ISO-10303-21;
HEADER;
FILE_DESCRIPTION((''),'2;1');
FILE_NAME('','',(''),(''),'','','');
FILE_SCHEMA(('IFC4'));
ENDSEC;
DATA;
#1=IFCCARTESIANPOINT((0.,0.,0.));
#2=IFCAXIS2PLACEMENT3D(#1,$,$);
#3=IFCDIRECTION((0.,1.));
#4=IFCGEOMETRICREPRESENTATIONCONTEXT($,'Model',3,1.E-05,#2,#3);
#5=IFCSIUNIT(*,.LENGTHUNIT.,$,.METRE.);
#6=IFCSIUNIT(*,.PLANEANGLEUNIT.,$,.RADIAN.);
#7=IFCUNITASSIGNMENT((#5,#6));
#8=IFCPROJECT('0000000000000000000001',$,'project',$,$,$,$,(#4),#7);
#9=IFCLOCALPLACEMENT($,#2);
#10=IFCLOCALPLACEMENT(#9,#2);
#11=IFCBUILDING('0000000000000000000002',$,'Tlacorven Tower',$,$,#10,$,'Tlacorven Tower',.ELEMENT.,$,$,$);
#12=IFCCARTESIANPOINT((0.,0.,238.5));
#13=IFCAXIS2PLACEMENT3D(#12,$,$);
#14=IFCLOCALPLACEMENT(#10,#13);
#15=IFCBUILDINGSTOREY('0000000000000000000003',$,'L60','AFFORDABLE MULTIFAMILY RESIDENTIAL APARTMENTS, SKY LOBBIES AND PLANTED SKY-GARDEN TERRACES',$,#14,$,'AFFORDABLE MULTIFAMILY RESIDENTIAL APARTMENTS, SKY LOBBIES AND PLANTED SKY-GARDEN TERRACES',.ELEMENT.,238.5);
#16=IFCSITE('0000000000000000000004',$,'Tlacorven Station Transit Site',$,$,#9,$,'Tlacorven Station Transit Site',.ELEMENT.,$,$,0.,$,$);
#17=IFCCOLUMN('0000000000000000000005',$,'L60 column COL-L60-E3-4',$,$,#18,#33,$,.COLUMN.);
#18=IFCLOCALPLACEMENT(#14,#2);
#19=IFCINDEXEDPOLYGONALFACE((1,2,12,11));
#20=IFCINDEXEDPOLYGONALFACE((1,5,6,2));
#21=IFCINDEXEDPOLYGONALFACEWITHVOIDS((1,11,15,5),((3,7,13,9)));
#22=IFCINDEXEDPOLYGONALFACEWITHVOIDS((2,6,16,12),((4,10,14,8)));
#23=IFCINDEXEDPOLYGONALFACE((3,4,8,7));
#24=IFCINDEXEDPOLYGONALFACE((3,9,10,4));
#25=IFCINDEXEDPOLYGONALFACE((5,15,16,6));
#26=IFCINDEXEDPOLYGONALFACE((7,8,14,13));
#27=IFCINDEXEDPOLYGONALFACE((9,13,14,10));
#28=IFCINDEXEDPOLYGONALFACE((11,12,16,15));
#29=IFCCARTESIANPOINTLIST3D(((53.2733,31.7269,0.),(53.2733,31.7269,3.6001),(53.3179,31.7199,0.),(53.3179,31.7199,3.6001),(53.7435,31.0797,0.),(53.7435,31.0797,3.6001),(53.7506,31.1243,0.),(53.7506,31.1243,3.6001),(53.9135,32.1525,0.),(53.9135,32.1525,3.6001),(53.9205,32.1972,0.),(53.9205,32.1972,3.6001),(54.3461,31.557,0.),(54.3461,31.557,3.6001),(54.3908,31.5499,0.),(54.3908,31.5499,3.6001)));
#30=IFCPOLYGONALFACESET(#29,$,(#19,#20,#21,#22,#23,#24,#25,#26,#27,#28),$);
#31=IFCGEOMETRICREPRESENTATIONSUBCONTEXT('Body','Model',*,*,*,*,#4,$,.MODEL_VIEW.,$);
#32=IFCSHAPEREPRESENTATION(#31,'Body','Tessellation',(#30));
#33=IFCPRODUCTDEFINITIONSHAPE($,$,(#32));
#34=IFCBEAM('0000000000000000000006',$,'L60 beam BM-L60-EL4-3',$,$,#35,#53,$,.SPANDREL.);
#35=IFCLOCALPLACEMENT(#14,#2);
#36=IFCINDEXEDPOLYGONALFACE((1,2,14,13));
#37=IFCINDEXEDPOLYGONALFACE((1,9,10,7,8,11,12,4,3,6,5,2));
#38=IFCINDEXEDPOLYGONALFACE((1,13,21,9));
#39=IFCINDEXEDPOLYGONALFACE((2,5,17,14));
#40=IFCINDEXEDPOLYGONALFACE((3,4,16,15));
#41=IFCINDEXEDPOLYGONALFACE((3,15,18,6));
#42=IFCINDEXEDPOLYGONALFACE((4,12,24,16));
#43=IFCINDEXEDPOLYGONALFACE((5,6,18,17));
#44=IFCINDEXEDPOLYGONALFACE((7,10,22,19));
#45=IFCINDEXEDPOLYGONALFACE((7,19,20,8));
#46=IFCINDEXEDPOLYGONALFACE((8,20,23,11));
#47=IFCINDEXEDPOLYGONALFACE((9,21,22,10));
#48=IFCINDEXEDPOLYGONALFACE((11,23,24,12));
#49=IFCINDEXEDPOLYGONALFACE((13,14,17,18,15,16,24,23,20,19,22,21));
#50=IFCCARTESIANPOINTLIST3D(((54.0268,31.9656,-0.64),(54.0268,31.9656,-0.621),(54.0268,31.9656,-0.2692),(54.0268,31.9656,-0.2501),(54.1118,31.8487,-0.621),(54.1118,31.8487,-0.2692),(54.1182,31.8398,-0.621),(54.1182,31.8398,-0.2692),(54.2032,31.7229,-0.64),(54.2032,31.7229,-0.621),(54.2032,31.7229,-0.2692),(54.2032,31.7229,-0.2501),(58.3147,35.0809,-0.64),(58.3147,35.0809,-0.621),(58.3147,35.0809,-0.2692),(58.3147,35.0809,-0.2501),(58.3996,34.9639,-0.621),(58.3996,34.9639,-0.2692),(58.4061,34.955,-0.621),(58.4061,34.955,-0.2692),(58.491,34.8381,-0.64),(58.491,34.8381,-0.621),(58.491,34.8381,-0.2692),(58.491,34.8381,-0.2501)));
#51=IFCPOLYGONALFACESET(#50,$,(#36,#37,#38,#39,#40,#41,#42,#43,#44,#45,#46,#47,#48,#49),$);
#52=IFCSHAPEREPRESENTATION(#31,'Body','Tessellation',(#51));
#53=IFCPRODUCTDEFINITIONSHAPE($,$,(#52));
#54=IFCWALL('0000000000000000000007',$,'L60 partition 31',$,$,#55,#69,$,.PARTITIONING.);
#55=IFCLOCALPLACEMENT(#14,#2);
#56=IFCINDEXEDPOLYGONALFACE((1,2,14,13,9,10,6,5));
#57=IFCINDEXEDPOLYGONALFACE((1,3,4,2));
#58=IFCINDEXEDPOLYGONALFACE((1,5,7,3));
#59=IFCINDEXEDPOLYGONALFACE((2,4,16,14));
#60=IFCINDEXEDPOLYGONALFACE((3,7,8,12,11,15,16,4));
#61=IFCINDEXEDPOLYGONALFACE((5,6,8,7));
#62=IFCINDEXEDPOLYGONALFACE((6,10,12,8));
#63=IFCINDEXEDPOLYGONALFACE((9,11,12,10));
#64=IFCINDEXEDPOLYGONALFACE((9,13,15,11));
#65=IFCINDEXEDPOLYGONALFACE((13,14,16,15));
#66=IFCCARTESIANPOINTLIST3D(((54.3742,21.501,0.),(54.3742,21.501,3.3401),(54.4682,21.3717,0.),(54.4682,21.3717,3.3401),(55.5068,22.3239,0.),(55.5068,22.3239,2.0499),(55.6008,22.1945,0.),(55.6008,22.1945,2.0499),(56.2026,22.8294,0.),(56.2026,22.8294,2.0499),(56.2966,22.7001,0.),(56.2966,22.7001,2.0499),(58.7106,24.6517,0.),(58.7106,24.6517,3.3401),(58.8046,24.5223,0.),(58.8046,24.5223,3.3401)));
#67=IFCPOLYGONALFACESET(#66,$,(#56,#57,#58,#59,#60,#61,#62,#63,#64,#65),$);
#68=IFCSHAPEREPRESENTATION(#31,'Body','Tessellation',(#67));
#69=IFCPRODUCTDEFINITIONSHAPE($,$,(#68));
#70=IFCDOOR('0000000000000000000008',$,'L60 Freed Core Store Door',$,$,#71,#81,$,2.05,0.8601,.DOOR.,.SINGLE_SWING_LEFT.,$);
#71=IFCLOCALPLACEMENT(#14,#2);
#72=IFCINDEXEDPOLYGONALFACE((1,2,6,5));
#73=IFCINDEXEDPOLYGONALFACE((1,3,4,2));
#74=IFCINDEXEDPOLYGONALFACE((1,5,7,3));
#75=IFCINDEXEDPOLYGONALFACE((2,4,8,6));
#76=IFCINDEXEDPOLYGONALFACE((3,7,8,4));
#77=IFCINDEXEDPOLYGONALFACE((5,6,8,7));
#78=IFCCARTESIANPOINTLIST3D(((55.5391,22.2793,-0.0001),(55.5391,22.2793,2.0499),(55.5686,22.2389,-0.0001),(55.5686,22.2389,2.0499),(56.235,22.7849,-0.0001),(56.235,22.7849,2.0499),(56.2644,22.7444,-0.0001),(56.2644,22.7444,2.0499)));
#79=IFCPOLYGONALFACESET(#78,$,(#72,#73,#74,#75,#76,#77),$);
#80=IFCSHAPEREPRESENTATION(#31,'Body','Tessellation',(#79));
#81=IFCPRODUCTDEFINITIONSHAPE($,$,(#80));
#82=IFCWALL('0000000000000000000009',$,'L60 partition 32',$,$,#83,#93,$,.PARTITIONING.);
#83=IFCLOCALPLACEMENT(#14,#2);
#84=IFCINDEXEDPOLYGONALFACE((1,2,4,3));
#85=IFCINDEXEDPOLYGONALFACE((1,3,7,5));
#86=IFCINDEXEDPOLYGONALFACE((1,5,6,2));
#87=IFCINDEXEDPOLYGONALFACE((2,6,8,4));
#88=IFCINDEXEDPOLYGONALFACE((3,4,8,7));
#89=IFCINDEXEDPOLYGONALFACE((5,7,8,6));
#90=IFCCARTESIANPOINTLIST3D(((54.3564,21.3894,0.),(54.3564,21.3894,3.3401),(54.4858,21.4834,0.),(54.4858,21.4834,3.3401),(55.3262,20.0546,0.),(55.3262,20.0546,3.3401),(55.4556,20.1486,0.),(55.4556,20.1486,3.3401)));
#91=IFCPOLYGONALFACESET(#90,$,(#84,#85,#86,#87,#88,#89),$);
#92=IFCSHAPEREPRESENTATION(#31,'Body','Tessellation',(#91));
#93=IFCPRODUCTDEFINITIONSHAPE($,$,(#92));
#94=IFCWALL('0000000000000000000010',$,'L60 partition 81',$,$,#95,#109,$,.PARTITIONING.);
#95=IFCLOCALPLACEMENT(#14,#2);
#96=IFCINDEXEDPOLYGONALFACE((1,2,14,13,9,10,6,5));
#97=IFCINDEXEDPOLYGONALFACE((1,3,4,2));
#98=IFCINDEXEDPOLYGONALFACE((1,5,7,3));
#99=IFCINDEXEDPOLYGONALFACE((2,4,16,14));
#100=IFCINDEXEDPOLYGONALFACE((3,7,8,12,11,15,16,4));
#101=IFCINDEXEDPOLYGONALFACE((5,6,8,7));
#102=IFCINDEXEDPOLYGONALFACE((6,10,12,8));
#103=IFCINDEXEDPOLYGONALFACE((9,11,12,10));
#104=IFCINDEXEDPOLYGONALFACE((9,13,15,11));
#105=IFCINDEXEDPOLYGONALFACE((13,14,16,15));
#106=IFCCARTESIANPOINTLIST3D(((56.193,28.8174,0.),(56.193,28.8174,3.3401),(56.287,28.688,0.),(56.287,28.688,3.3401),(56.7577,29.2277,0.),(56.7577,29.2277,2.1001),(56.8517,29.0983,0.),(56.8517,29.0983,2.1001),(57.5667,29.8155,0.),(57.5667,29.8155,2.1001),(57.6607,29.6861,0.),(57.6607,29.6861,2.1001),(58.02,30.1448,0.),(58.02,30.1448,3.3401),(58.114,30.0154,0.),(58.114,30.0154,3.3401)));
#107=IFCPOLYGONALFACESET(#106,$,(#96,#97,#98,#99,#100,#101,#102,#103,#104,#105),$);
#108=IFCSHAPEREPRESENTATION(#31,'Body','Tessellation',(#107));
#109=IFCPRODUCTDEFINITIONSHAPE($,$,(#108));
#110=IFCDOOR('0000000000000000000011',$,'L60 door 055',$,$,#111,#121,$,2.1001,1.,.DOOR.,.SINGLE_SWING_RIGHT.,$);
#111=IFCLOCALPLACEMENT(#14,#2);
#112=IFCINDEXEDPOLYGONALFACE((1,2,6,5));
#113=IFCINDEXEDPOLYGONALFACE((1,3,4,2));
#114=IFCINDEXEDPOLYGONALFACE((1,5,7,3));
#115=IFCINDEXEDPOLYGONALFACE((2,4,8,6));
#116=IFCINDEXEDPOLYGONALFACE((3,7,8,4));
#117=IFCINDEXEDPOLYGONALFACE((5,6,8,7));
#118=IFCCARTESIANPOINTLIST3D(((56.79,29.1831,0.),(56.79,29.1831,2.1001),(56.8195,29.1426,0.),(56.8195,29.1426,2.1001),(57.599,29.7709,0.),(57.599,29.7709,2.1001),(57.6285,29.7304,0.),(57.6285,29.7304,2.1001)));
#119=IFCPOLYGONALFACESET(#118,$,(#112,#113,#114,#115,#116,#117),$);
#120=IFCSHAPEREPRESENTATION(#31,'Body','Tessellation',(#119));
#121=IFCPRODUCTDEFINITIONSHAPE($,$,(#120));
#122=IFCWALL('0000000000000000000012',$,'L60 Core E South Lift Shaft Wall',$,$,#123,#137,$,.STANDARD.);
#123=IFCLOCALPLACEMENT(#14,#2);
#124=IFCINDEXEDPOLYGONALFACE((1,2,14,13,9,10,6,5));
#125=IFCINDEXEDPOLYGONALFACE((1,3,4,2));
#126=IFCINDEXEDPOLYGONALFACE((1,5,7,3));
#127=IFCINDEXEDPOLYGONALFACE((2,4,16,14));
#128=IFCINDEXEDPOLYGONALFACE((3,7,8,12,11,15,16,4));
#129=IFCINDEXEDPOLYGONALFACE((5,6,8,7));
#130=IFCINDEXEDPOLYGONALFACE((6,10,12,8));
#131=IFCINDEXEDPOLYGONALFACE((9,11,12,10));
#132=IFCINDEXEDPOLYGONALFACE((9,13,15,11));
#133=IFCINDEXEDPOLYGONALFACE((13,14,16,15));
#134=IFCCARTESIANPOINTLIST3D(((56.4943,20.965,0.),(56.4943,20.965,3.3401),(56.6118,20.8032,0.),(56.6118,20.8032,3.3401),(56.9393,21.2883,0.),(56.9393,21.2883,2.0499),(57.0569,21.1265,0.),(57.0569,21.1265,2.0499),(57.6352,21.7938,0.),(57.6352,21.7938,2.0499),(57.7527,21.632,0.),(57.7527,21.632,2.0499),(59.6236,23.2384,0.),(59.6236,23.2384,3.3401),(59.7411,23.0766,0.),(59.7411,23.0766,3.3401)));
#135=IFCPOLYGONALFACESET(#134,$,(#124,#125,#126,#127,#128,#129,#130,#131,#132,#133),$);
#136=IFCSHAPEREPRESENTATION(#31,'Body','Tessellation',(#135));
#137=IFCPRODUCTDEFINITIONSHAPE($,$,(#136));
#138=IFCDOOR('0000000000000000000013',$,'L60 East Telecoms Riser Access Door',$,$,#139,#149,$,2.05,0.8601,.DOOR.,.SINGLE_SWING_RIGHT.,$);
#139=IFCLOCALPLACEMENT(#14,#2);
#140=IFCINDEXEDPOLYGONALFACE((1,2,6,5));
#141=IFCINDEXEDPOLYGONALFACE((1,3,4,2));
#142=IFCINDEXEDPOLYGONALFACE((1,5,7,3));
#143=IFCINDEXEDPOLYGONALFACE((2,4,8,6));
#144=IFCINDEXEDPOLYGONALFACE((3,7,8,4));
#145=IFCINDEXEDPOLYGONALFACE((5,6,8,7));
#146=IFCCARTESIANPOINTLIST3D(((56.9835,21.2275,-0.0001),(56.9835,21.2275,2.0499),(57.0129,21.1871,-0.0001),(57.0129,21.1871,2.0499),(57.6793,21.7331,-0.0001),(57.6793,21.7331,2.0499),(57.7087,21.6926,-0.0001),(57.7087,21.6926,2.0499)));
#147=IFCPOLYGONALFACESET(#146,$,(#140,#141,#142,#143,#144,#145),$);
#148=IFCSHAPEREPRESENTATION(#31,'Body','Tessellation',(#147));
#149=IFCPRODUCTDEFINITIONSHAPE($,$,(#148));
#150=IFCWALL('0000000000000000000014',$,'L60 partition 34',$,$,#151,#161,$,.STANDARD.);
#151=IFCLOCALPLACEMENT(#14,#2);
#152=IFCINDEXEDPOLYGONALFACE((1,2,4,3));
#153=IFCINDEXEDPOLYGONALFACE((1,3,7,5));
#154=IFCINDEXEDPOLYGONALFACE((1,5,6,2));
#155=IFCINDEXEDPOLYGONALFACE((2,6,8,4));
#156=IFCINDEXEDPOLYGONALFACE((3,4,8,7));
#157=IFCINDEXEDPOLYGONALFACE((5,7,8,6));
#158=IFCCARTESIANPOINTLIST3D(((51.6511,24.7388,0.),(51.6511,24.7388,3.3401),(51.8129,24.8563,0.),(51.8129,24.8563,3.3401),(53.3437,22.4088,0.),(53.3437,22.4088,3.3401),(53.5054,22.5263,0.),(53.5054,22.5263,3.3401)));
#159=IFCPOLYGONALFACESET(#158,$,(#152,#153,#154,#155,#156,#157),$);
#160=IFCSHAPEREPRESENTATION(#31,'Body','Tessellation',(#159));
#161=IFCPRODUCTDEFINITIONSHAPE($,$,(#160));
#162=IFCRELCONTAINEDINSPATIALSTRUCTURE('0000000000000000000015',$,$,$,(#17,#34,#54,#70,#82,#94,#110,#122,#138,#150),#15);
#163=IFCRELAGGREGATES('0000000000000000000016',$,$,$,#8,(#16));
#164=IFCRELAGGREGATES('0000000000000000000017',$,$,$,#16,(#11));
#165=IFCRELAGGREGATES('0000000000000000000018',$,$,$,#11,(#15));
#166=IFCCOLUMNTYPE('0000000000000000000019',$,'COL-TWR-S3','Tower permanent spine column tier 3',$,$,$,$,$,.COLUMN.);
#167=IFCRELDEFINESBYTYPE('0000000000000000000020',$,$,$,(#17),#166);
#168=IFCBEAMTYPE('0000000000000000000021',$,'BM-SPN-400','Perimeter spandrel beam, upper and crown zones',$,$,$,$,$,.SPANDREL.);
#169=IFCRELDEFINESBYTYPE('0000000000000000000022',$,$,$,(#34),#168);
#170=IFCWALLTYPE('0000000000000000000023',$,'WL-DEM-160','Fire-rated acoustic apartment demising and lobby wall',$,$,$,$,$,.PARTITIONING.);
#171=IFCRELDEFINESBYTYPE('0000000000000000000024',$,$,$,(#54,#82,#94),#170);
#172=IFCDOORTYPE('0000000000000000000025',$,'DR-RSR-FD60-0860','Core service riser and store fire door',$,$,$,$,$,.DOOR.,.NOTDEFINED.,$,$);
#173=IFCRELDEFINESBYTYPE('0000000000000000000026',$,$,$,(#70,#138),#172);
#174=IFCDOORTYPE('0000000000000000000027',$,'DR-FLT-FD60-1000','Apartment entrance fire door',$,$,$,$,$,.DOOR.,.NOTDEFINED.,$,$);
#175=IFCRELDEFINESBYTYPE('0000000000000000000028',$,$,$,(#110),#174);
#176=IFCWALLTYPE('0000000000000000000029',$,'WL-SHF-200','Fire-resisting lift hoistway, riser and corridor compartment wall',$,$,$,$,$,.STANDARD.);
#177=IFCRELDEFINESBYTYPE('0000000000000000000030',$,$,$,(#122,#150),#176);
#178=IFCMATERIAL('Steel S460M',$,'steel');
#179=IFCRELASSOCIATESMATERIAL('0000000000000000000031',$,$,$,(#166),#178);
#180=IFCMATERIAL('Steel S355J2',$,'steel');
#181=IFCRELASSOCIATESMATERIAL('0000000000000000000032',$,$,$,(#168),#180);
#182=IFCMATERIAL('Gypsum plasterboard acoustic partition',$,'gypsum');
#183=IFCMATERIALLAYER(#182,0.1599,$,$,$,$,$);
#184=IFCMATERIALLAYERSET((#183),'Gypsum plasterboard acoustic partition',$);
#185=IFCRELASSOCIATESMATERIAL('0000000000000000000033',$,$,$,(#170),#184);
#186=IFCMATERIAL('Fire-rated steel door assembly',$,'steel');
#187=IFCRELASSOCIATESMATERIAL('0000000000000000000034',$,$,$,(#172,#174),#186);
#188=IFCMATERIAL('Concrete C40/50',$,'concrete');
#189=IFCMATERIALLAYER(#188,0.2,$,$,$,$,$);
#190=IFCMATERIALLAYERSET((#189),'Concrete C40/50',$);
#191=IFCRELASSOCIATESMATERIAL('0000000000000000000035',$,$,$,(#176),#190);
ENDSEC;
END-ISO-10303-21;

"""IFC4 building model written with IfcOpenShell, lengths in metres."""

from ifc_helpers import new_model, si_unit, direction, frame, frame_2d, origin, origin_2d, place, context, subcontext, project, spatial, rectangle, hollow_rectangle, i_section, extrude, source, transform, mapped, material, layer, layer_set, material_profile, profile_set, type_object, element, fill, save


model = new_model("IFC4")

# Units and contexts
model_context = context("Model", 3, precision=1e-05, world=origin(), true_north=direction((0.0, 1.0)))
body_context = subcontext(model_context, "Body", "Model", "MODEL_VIEW")
ifc_project = project(units=[si_unit("LENGTHUNIT", "METRE"), si_unit("PLANEANGLEUNIT", "RADIAN")], contexts=[model_context])

# Site, building, storey
site_placement = place(None, origin())
site = spatial("IfcSite", under=ifc_project, at=site_placement, Name="Tlacorven Station Transit Site", LongName="Tlacorven Station Transit Site", CompositionType="ELEMENT", RefElevation=0.0)
building_placement = place(site_placement, origin())
building = spatial("IfcBuilding", under=site, at=building_placement, Name="Tlacorven Tower", LongName="Tlacorven Tower", CompositionType="ELEMENT")
storey_placement = place(building_placement, frame((0.0, 0.0, 238.5)))
storey = spatial("IfcBuildingStorey", under=building, at=storey_placement, Name="L60", Description="AFFORDABLE MULTIFAMILY RESIDENTIAL APARTMENTS, SKY LOBBIES AND PLANTED SKY-GARDEN TERRACES", LongName="AFFORDABLE MULTIFAMILY RESIDENTIAL APARTMENTS, SKY LOBBIES AND PLANTED SKY-GARDEN TERRACES", CompositionType="ELEMENT", Elevation=238.5)

# Column
ifc_material_1 = material(Name="Steel S460M", Category="steel")
ifc_material_profile_1 = material_profile(ifc_material_1, hollow_rectangle(XDim=0.8, YDim=0.8, WallThickness=0.032, at=origin_2d()), Name="BOX 800X800X32")
ifc_profile_set_1 = profile_set([ifc_material_profile_1], Name="Steel S460M")
column_type = type_object("IfcColumnType", Name="COL-TWR-S3", Description="Tower permanent spine column tier 3", PredefinedType="COLUMN", material=ifc_profile_set_1)
shared_shape_1 = source(origin(), body_context, "Body", "SweptSolid", [
    extrude(hollow_rectangle(XDim=0.8, YDim=0.8, WallThickness=0.032, at=origin_2d()), origin(), (0.0, 0.0, 1.0), 3.6001),
])
column_placement = place(storey_placement, frame((53.832, 31.6384, 0.0), z_axis=(0.0, 0.0, 1.0), x_axis=(0.809017, 0.587785, 0.0)))
element("IfcColumn", 1, at=column_placement, inside=storey, type_object=column_type, Name="L60 column COL-L60-E3-4", PredefinedType="COLUMN", context=body_context, shape_type="MappedRepresentation", body=[
    mapped(shared_shape_1, transform((0.0, 0.0, 0.0), scale=1.0)),
])

# Beam
ifc_material_2 = material(Name="Steel S355J2", Category="steel")
ifc_material_profile_2 = material_profile(ifc_material_2, i_section(OverallWidth=0.3, OverallDepth=0.3899, WebThickness=0.011, FlangeThickness=0.019, at=origin_2d()), Name="HEA 400")
ifc_profile_set_2 = profile_set([ifc_material_profile_2], Name="Steel S355J2")
beam_type = type_object("IfcBeamType", Name="BM-SPN-400", Description="Perimeter spandrel beam, upper and crown zones", PredefinedType="SPANDREL", material=ifc_profile_set_2)
shared_shape_2 = source(origin(), body_context, "Body", "SweptSolid", [
    extrude(i_section(OverallWidth=0.3, OverallDepth=0.3899, WebThickness=0.011, FlangeThickness=0.019, at=origin_2d()), origin(), (0.0, 0.0, 1.0), 5.3),
])
beam_placement = place(storey_placement, frame((54.115, 31.8442, -0.4451), z_axis=(0.809023, 0.587777, 0.0), x_axis=(-0.587777, 0.809023, 0.0)))
element("IfcBeam", 2, at=beam_placement, inside=storey, type_object=beam_type, Name="L60 beam BM-L60-EL4-3", PredefinedType="SPANDREL", context=body_context, shape_type="MappedRepresentation", body=[
    mapped(shared_shape_2, transform((0.0, 0.0, 0.0), scale=1.0)),
])

# Wall, opening, door
ifc_material_3 = material(Name="Gypsum plasterboard acoustic partition", Category="gypsum")
ifc_layer_1 = layer(ifc_material_3, 0.1599)
ifc_layer_set_1 = layer_set([ifc_layer_1], Name="Gypsum plasterboard acoustic partition")
wall_type_1 = type_object("IfcWallType", Name="WL-DEM-160", Description="Fire-rated acoustic apartment demising and lobby wall", PredefinedType="PARTITIONING", material=ifc_layer_set_1)
wall_1_placement = place(storey_placement, frame((54.4211, 21.4363, 0.0), z_axis=(0.0, 0.0, 1.0), x_axis=(0.809014, 0.58779, 0.0)))
wall_1 = element("IfcWall", 3, at=wall_1_placement, inside=storey, type_object=wall_type_1, Name="L60 partition 31", PredefinedType="PARTITIONING", context=body_context, shape_type="SweptSolid", body=[
    extrude(rectangle(XDim=5.3601, YDim=0.1599, at=frame_2d((2.6802, 0.0))), origin(), (0.0, 0.0, 1.0), 3.3401),
])
opening_1_placement = place(wall_1_placement, frame((1.3999, 0.0, 0.0)))
opening_1 = element("IfcOpeningElement", 4, at=opening_1_placement, cuts=wall_1, PredefinedType="OPENING", context=body_context, shape_type="SweptSolid", body=[
    extrude(rectangle(XDim=0.8601, YDim=2.05, at=frame_2d((0.4302, 1.0249))), frame((0.0, 0.0898, 0.0), z_axis=(0.0, -1.0, 0.0), x_axis=(1.0, 0.0, 0.0)), (0.0, 0.0, 1.0), 0.1799),
])
ifc_material_4 = material(Name="Fire-rated steel door assembly", Category="steel")
door_type_1 = type_object("IfcDoorType", Name="DR-RSR-FD60-0860", Description="Core service riser and store fire door", OperationType="NOTDEFINED", PredefinedType="DOOR", material=ifc_material_4)
shared_shape_3 = source(origin(), body_context, "Body", "SweptSolid", [
    extrude(rectangle(XDim=0.8601, YDim=2.05, at=frame_2d((0.4302, 1.0249))), frame((0.0, 0.0249, 0.0), z_axis=(0.0, -1.0, 0.0), x_axis=(1.0, 0.0, 0.0)), (0.0, 0.0, 1.0), 0.05),
])
door_1_placement = place(opening_1_placement, origin())
door_1 = element("IfcDoor", 5, at=door_1_placement, inside=storey, type_object=door_type_1, Name="L60 Freed Core Store Door", OperationType="SINGLE_SWING_LEFT", OverallHeight=2.05, OverallWidth=0.8601, PredefinedType="DOOR", context=body_context, shape_type="MappedRepresentation", body=[
    mapped(shared_shape_3, transform((0.0, 0.0, 0.0), scale=1.0)),
])
fill(opening_1, door_1)

# Wall
wall_2_placement = place(storey_placement, frame((55.3909, 20.1016, 0.0), z_axis=(0.0, 0.0, 1.0), x_axis=(-0.587784, 0.809018, 0.0)))
element("IfcWall", 6, at=wall_2_placement, inside=storey, type_object=wall_type_1, Name="L60 partition 32", PredefinedType="PARTITIONING", context=body_context, shape_type="SweptSolid", body=[
    extrude(rectangle(XDim=1.6499, YDim=0.1599, at=frame_2d((0.825, 0.0))), origin(), (0.0, 0.0, 1.0), 3.3401),
])

# Walls, openings, doors
wall_3_placement = place(storey_placement, frame((56.24, 28.7527, 0.0), z_axis=(0.0, 0.0, 1.0), x_axis=(0.809002, 0.587805, 0.0)))
wall_3 = element("IfcWall", 7, at=wall_3_placement, inside=storey, type_object=wall_type_1, Name="L60 partition 81", PredefinedType="PARTITIONING", context=body_context, shape_type="SweptSolid", body=[
    extrude(rectangle(XDim=2.2583, YDim=0.1599, at=frame_2d((1.1292, 0.0))), origin(), (0.0, 0.0, 1.0), 3.3401),
])
opening_2_placement = place(wall_3_placement, frame((0.698, 0.0, 0.0)))
opening_2 = element("IfcOpeningElement", 8, at=opening_2_placement, cuts=wall_3, PredefinedType="OPENING", context=body_context, shape_type="SweptSolid", body=[
    extrude(rectangle(XDim=1.0, YDim=2.1001, at=frame_2d((0.5, 1.05))), frame((0.0, 0.0898, 0.0), z_axis=(0.0, -1.0, 0.0), x_axis=(1.0, 0.0, 0.0)), (0.0, 0.0, 1.0), 0.1799),
])
door_type_2 = type_object("IfcDoorType", Name="DR-FLT-FD60-1000", Description="Apartment entrance fire door", OperationType="NOTDEFINED", PredefinedType="DOOR", material=ifc_material_4)
shared_shape_4 = source(origin(), body_context, "Body", "SweptSolid", [
    extrude(rectangle(XDim=1.0, YDim=2.1001, at=frame_2d((0.5, 1.05))), frame((0.0, 0.0249, 0.0), z_axis=(0.0, -1.0, 0.0), x_axis=(1.0, 0.0, 0.0)), (0.0, 0.0, 1.0), 0.05),
])
door_2_placement = place(opening_2_placement, origin())
door_2 = element("IfcDoor", 9, at=door_2_placement, inside=storey, type_object=door_type_2, Name="L60 door 055", OperationType="SINGLE_SWING_RIGHT", OverallHeight=2.1001, OverallWidth=1.0, PredefinedType="DOOR", context=body_context, shape_type="MappedRepresentation", body=[
    mapped(shared_shape_4, transform((0.0, 0.0, 0.0), scale=1.0)),
])
fill(opening_2, door_2)
ifc_material_5 = material(Name="Concrete C40/50", Category="concrete")
ifc_layer_2 = layer(ifc_material_5, 0.2)
ifc_layer_set_2 = layer_set([ifc_layer_2], Name="Concrete C40/50")
wall_type_2 = type_object("IfcWallType", Name="WL-SHF-200", Description="Fire-resisting lift hoistway, riser and corridor compartment wall", PredefinedType="STANDARD", material=ifc_layer_set_2)
wall_4_placement = place(storey_placement, frame((56.553, 20.884, 0.0), z_axis=(0.0, 0.0, 1.0), x_axis=(0.809042, 0.587751, 0.0)))
wall_4 = element("IfcWall", 10, at=wall_4_placement, inside=storey, type_object=wall_type_2, Name="L60 Core E South Lift Shaft Wall", PredefinedType="STANDARD", context=body_context, shape_type="SweptSolid", body=[
    extrude(rectangle(XDim=3.8679, YDim=0.2, at=frame_2d((1.9341, 0.0))), origin(), (0.0, 0.0, 1.0), 3.3401),
])
opening_3_placement = place(wall_4_placement, frame((0.55, 0.0, 0.0)))
opening_3 = element("IfcOpeningElement", 11, at=opening_3_placement, cuts=wall_4, PredefinedType="OPENING", context=body_context, shape_type="SweptSolid", body=[
    extrude(rectangle(XDim=0.8601, YDim=2.05, at=frame_2d((0.4302, 1.0249))), frame((0.0, 0.1099, 0.0), z_axis=(0.0, -1.0, 0.0), x_axis=(1.0, 0.0, 0.0)), (0.0, 0.0, 1.0), 0.22),
])
door_3_placement = place(opening_3_placement, origin())
door_3 = element("IfcDoor", 12, at=door_3_placement, inside=storey, type_object=door_type_1, Name="L60 East Telecoms Riser Access Door", OperationType="SINGLE_SWING_RIGHT", OverallHeight=2.05, OverallWidth=0.8601, PredefinedType="DOOR", context=body_context, shape_type="MappedRepresentation", body=[
    mapped(shared_shape_3, transform((0.0, 0.0, 0.0), scale=1.0)),
])
fill(opening_3, door_3)

# Wall
wall_5_placement = place(storey_placement, frame((53.4246, 22.4675, 0.0), z_axis=(0.0, 0.0, 1.0), x_axis=(-0.587723, 0.809062, 0.0)))
element("IfcWall", 13, at=wall_5_placement, inside=storey, type_object=wall_type_2, Name="L60 partition 34", PredefinedType="STANDARD", context=body_context, shape_type="SweptSolid", body=[
    extrude(rectangle(XDim=2.8799, YDim=0.2, at=frame_2d((1.4399, 0.0))), origin(), (0.0, 0.0, 1.0), 3.3401),
])

save(model, "model.ifc")
